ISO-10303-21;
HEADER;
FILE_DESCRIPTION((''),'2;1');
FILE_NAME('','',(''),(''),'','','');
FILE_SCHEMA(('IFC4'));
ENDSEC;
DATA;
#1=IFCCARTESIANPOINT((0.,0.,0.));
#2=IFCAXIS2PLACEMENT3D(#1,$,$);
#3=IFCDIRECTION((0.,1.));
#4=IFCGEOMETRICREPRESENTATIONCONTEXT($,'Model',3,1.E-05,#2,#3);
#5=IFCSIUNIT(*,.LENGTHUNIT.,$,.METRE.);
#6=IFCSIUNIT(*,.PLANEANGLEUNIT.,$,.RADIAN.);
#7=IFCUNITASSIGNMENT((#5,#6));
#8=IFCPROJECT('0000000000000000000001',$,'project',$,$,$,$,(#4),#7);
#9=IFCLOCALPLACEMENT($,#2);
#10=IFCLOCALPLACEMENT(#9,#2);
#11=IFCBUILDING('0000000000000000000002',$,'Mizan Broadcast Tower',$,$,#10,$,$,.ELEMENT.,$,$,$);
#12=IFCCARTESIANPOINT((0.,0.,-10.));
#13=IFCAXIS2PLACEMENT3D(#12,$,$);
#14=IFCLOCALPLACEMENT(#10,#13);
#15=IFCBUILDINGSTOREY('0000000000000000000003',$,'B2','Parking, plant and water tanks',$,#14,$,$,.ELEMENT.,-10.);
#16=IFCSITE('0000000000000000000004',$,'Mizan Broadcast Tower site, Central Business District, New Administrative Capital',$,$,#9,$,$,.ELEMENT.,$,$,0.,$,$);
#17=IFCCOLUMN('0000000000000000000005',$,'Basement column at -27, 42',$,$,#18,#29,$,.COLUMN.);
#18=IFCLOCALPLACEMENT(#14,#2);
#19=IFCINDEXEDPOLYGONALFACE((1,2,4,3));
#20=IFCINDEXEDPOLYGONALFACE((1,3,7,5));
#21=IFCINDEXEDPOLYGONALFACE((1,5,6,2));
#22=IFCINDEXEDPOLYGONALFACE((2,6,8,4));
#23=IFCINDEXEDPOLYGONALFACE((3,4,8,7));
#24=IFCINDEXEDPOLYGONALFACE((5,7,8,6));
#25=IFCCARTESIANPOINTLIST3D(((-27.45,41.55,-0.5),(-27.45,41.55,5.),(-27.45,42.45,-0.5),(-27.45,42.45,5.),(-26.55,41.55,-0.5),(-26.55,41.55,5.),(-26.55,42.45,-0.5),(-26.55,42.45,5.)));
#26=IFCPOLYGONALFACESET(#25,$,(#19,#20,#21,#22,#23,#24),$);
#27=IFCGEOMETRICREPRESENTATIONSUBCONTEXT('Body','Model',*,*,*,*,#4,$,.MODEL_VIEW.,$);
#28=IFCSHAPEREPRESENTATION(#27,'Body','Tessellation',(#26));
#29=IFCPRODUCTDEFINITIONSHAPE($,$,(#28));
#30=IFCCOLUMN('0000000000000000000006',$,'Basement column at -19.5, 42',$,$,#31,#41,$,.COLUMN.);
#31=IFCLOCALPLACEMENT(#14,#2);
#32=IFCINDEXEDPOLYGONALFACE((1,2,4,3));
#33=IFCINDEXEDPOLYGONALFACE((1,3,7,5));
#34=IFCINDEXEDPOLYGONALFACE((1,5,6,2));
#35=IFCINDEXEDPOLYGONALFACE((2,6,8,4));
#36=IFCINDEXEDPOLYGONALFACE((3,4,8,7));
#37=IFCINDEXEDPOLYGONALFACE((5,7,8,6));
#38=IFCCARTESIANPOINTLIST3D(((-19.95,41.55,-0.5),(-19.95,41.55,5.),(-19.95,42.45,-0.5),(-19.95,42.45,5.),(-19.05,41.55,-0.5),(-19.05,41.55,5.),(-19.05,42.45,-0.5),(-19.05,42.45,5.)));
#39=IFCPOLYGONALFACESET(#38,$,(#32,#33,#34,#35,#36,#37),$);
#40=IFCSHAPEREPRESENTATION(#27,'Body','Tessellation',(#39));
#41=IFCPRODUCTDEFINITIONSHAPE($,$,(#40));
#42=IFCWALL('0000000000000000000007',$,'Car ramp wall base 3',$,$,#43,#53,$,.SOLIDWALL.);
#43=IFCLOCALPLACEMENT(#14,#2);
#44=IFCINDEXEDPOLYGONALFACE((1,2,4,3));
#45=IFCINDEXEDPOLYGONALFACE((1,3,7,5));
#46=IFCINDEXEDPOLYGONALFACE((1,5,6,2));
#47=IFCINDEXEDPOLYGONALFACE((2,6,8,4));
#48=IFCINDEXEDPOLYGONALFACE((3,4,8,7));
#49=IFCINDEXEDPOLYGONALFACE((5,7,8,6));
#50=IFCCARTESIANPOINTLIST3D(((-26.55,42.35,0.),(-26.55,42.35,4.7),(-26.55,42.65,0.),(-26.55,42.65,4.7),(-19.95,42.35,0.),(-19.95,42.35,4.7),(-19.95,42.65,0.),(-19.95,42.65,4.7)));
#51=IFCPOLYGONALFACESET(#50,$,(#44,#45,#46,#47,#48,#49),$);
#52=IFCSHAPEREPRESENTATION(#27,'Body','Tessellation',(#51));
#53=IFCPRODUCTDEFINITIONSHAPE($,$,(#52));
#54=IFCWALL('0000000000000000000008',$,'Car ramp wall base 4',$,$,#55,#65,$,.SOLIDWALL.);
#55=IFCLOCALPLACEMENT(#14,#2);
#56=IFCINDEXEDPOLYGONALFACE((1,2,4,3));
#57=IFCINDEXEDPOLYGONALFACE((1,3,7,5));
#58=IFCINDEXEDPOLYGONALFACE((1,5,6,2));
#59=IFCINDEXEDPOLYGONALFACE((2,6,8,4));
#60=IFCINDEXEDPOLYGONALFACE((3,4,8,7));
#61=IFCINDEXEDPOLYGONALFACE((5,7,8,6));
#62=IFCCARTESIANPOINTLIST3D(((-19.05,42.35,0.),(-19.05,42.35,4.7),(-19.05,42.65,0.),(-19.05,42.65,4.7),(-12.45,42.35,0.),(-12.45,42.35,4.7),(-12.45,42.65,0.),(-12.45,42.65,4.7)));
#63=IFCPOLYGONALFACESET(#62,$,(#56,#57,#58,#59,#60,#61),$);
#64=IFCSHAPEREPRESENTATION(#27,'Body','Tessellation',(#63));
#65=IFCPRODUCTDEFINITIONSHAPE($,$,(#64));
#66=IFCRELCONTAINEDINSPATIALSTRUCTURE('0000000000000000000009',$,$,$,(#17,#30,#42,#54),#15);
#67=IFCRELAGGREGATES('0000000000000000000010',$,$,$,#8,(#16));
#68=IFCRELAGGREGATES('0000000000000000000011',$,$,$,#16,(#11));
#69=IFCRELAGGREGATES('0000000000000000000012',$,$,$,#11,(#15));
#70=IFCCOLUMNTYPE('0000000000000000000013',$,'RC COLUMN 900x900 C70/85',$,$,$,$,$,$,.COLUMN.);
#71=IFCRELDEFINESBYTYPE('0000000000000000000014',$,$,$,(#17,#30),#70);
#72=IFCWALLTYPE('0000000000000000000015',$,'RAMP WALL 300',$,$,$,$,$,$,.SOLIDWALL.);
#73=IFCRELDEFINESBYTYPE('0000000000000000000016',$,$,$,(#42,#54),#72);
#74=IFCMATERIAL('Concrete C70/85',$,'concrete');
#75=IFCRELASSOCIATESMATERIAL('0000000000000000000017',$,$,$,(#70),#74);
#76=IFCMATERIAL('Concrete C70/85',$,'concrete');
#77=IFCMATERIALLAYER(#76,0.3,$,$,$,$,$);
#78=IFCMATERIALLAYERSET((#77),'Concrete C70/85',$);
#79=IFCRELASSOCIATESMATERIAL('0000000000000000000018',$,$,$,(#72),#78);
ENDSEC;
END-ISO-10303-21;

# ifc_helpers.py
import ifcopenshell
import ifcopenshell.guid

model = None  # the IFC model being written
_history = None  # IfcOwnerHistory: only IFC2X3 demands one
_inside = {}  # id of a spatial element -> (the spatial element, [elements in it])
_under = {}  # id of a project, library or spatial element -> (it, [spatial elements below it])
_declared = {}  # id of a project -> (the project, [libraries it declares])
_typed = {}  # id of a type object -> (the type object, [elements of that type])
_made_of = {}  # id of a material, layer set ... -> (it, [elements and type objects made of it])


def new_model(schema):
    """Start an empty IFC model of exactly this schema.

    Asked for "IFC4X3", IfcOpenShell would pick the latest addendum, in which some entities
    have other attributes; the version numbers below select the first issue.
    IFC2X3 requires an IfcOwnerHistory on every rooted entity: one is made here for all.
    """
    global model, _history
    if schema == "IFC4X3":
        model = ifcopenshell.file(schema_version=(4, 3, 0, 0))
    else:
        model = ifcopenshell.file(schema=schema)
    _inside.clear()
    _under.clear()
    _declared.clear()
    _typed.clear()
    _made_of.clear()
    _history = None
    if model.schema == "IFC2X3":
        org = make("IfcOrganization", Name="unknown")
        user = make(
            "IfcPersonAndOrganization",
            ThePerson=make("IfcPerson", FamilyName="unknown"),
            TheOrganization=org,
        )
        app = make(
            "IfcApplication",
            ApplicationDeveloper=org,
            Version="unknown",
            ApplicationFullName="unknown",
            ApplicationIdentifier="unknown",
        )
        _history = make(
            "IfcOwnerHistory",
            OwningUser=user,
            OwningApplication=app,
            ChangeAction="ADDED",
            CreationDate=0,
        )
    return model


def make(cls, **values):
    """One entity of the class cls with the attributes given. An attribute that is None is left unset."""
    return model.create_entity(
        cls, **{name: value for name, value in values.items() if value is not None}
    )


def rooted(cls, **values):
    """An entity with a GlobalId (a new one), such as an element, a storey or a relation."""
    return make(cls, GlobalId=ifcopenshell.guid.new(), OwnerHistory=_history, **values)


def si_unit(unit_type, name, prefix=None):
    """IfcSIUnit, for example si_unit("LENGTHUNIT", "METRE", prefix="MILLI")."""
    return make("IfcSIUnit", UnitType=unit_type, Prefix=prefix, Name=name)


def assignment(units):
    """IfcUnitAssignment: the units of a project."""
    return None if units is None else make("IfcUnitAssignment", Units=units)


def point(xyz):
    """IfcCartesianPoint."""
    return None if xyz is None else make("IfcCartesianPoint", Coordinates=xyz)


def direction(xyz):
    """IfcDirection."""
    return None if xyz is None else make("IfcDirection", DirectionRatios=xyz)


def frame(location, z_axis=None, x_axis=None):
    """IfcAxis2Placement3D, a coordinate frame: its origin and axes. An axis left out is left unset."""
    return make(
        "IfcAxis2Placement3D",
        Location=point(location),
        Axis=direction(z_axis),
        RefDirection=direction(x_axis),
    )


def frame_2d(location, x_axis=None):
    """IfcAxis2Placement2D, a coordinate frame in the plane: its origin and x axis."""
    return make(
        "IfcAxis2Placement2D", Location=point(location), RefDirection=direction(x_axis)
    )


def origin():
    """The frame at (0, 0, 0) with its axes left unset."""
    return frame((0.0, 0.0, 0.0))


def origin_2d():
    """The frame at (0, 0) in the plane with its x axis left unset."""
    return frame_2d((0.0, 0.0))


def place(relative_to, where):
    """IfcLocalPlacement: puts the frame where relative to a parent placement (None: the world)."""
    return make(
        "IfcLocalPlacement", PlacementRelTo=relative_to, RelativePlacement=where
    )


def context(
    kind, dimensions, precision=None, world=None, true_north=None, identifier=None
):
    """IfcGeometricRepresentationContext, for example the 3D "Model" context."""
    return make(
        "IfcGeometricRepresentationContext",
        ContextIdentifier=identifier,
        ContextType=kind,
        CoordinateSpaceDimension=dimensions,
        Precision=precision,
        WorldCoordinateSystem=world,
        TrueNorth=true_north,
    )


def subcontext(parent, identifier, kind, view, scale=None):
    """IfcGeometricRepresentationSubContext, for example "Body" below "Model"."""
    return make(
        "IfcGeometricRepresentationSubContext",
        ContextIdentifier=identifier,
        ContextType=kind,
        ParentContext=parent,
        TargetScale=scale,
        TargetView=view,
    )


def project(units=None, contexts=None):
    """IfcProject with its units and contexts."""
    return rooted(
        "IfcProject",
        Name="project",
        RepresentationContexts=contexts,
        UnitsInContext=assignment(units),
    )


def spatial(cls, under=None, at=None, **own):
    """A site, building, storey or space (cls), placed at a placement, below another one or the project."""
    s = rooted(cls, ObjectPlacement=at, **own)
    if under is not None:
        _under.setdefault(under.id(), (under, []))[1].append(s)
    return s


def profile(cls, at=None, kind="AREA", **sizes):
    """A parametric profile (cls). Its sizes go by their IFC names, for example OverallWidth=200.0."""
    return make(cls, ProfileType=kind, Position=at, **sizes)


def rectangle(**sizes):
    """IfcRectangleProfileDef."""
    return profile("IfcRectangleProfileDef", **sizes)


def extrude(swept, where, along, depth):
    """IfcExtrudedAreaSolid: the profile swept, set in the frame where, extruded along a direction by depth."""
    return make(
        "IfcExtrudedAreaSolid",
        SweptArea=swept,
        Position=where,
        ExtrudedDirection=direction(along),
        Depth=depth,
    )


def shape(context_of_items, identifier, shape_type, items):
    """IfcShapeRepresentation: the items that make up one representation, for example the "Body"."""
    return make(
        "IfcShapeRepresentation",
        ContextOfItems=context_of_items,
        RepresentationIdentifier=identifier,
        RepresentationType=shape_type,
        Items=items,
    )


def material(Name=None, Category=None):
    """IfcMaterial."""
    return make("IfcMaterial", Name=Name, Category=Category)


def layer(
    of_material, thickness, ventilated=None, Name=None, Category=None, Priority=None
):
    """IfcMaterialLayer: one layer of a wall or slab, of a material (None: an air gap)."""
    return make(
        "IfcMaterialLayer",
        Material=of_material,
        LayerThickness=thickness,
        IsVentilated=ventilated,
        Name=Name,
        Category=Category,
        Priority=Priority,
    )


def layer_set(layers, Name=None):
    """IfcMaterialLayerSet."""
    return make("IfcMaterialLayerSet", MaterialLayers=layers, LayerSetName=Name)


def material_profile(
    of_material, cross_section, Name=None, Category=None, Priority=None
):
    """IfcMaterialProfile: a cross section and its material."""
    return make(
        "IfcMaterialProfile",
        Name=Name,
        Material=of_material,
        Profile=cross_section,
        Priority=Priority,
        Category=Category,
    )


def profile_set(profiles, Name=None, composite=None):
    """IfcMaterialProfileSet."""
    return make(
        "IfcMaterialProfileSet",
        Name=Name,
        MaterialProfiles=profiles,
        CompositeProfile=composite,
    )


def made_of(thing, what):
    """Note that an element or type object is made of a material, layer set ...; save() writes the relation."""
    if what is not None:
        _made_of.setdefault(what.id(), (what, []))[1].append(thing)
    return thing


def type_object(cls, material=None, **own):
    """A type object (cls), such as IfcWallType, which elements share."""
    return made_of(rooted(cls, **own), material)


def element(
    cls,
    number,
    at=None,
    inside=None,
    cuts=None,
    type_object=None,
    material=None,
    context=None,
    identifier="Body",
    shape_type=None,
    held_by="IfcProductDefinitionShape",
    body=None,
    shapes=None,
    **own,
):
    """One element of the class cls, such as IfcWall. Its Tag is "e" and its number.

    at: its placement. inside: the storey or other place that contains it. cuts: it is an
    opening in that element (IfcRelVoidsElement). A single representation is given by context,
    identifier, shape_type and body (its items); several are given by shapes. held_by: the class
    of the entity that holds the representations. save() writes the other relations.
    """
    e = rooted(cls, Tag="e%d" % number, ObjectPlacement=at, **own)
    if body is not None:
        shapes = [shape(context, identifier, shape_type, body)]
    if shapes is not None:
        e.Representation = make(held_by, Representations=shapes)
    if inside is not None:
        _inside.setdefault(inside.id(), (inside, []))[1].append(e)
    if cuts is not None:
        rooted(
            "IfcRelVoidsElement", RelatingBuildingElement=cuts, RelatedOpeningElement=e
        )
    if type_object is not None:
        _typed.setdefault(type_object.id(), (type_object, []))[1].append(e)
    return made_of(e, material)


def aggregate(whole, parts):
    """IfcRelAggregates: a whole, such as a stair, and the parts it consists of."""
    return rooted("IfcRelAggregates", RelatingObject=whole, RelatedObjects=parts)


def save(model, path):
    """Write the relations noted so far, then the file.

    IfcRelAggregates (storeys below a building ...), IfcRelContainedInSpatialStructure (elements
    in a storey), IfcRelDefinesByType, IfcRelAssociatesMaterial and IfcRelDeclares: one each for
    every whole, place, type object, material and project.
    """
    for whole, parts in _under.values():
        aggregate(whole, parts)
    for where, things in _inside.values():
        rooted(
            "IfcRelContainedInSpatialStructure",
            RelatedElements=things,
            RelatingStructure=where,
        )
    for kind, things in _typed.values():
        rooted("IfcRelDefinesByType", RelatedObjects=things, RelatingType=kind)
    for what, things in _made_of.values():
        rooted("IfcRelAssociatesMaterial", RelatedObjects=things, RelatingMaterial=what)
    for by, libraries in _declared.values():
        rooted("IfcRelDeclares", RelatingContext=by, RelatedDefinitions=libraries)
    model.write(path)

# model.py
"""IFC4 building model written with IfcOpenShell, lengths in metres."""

from ifc_helpers import new_model, si_unit, direction, frame, frame_2d, origin, origin_2d, place, context, subcontext, project, spatial, rectangle, extrude, material, layer, layer_set, material_profile, profile_set, type_object, element, save


model = new_model("IFC4")

# Units and contexts
model_context = context("Model", 3, precision=1e-05, world=origin(), true_north=direction((0.0, 1.0)))
body_context = subcontext(model_context, "Body", "Model", "MODEL_VIEW")
ifc_project = project(units=[si_unit("LENGTHUNIT", "METRE"), si_unit("PLANEANGLEUNIT", "RADIAN")], contexts=[model_context])

# Site, building, storey
site_placement = place(None, origin())
site = spatial("IfcSite", under=ifc_project, at=site_placement, Name="Mizan Broadcast Tower site, Central Business District, New Administrative Capital", CompositionType="ELEMENT", RefElevation=0.0)
building_placement = place(site_placement, origin())
building = spatial("IfcBuilding", under=site, at=building_placement, Name="Mizan Broadcast Tower", CompositionType="ELEMENT")
storey_placement = place(building_placement, frame((0.0, 0.0, -10.0)))
storey = spatial("IfcBuildingStorey", under=building, at=storey_placement, Name="B2", Description="Parking, plant and water tanks", CompositionType="ELEMENT", Elevation=-10.0)

# Columns
ifc_material_1 = material(Name="Concrete C70/85", Category="concrete")
ifc_material_profile_1 = material_profile(ifc_material_1, rectangle(XDim=0.8999, YDim=0.8999, at=origin_2d()), Name="RC 900x900")
ifc_profile_set_1 = profile_set([ifc_material_profile_1], Name="Concrete C70/85")
column_type = type_object("IfcColumnType", Name="RC COLUMN 900x900 C70/85", PredefinedType="COLUMN", material=ifc_profile_set_1)
for number, where, z_axis, x_axis, name in (
    (1, (-27.0, 42.0, -0.5), (0.0, 0.0, 1.0), (1.0, 0.0, 0.0), "Basement column at -27, 42"),
    (2, (-19.5, 42.0, -0.5), (0.0, 0.0, 1.0), (1.0, 0.0, 0.0), "Basement column at -19.5, 42"),
):
    element("IfcColumn", number, at=place(storey_placement, frame(where, z_axis=z_axis, x_axis=x_axis)), inside=storey, type_object=column_type, Name=name, PredefinedType="COLUMN", context=body_context, shape_type="SweptSolid", body=[
        extrude(rectangle(XDim=0.8999, YDim=0.8999, at=origin_2d()), origin(), (0.0, 0.0, 1.0), 5.5),
    ])

# Walls
ifc_material_2 = material(Name="Concrete C70/85", Category="concrete")
ifc_layer_1 = layer(ifc_material_2, 0.3)
ifc_layer_set_1 = layer_set([ifc_layer_1], Name="Concrete C70/85")
wall_type = type_object("IfcWallType", Name="RAMP WALL 300", PredefinedType="SOLIDWALL", material=ifc_layer_set_1)
for number, where, z_axis, x_axis, name in (
    (3, (-26.55, 42.5, 0.0), (0.0, 0.0, 1.0), (1.0, 0.0, 0.0), "Car ramp wall base 3"),
    (4, (-19.05, 42.5, 0.0), (0.0, 0.0, 1.0), (1.0, 0.0, 0.0), "Car ramp wall base 4"),
):
    element("IfcWall", number, at=place(storey_placement, frame(where, z_axis=z_axis, x_axis=x_axis)), inside=storey, type_object=wall_type, Name=name, PredefinedType="SOLIDWALL", context=body_context, shape_type="SweptSolid", body=[
        extrude(rectangle(XDim=6.6001, YDim=0.3, at=frame_2d((3.3, 0.0))), origin(), (0.0, 0.0, 1.0), 4.7),
    ])

save(model, "model.ifc")
